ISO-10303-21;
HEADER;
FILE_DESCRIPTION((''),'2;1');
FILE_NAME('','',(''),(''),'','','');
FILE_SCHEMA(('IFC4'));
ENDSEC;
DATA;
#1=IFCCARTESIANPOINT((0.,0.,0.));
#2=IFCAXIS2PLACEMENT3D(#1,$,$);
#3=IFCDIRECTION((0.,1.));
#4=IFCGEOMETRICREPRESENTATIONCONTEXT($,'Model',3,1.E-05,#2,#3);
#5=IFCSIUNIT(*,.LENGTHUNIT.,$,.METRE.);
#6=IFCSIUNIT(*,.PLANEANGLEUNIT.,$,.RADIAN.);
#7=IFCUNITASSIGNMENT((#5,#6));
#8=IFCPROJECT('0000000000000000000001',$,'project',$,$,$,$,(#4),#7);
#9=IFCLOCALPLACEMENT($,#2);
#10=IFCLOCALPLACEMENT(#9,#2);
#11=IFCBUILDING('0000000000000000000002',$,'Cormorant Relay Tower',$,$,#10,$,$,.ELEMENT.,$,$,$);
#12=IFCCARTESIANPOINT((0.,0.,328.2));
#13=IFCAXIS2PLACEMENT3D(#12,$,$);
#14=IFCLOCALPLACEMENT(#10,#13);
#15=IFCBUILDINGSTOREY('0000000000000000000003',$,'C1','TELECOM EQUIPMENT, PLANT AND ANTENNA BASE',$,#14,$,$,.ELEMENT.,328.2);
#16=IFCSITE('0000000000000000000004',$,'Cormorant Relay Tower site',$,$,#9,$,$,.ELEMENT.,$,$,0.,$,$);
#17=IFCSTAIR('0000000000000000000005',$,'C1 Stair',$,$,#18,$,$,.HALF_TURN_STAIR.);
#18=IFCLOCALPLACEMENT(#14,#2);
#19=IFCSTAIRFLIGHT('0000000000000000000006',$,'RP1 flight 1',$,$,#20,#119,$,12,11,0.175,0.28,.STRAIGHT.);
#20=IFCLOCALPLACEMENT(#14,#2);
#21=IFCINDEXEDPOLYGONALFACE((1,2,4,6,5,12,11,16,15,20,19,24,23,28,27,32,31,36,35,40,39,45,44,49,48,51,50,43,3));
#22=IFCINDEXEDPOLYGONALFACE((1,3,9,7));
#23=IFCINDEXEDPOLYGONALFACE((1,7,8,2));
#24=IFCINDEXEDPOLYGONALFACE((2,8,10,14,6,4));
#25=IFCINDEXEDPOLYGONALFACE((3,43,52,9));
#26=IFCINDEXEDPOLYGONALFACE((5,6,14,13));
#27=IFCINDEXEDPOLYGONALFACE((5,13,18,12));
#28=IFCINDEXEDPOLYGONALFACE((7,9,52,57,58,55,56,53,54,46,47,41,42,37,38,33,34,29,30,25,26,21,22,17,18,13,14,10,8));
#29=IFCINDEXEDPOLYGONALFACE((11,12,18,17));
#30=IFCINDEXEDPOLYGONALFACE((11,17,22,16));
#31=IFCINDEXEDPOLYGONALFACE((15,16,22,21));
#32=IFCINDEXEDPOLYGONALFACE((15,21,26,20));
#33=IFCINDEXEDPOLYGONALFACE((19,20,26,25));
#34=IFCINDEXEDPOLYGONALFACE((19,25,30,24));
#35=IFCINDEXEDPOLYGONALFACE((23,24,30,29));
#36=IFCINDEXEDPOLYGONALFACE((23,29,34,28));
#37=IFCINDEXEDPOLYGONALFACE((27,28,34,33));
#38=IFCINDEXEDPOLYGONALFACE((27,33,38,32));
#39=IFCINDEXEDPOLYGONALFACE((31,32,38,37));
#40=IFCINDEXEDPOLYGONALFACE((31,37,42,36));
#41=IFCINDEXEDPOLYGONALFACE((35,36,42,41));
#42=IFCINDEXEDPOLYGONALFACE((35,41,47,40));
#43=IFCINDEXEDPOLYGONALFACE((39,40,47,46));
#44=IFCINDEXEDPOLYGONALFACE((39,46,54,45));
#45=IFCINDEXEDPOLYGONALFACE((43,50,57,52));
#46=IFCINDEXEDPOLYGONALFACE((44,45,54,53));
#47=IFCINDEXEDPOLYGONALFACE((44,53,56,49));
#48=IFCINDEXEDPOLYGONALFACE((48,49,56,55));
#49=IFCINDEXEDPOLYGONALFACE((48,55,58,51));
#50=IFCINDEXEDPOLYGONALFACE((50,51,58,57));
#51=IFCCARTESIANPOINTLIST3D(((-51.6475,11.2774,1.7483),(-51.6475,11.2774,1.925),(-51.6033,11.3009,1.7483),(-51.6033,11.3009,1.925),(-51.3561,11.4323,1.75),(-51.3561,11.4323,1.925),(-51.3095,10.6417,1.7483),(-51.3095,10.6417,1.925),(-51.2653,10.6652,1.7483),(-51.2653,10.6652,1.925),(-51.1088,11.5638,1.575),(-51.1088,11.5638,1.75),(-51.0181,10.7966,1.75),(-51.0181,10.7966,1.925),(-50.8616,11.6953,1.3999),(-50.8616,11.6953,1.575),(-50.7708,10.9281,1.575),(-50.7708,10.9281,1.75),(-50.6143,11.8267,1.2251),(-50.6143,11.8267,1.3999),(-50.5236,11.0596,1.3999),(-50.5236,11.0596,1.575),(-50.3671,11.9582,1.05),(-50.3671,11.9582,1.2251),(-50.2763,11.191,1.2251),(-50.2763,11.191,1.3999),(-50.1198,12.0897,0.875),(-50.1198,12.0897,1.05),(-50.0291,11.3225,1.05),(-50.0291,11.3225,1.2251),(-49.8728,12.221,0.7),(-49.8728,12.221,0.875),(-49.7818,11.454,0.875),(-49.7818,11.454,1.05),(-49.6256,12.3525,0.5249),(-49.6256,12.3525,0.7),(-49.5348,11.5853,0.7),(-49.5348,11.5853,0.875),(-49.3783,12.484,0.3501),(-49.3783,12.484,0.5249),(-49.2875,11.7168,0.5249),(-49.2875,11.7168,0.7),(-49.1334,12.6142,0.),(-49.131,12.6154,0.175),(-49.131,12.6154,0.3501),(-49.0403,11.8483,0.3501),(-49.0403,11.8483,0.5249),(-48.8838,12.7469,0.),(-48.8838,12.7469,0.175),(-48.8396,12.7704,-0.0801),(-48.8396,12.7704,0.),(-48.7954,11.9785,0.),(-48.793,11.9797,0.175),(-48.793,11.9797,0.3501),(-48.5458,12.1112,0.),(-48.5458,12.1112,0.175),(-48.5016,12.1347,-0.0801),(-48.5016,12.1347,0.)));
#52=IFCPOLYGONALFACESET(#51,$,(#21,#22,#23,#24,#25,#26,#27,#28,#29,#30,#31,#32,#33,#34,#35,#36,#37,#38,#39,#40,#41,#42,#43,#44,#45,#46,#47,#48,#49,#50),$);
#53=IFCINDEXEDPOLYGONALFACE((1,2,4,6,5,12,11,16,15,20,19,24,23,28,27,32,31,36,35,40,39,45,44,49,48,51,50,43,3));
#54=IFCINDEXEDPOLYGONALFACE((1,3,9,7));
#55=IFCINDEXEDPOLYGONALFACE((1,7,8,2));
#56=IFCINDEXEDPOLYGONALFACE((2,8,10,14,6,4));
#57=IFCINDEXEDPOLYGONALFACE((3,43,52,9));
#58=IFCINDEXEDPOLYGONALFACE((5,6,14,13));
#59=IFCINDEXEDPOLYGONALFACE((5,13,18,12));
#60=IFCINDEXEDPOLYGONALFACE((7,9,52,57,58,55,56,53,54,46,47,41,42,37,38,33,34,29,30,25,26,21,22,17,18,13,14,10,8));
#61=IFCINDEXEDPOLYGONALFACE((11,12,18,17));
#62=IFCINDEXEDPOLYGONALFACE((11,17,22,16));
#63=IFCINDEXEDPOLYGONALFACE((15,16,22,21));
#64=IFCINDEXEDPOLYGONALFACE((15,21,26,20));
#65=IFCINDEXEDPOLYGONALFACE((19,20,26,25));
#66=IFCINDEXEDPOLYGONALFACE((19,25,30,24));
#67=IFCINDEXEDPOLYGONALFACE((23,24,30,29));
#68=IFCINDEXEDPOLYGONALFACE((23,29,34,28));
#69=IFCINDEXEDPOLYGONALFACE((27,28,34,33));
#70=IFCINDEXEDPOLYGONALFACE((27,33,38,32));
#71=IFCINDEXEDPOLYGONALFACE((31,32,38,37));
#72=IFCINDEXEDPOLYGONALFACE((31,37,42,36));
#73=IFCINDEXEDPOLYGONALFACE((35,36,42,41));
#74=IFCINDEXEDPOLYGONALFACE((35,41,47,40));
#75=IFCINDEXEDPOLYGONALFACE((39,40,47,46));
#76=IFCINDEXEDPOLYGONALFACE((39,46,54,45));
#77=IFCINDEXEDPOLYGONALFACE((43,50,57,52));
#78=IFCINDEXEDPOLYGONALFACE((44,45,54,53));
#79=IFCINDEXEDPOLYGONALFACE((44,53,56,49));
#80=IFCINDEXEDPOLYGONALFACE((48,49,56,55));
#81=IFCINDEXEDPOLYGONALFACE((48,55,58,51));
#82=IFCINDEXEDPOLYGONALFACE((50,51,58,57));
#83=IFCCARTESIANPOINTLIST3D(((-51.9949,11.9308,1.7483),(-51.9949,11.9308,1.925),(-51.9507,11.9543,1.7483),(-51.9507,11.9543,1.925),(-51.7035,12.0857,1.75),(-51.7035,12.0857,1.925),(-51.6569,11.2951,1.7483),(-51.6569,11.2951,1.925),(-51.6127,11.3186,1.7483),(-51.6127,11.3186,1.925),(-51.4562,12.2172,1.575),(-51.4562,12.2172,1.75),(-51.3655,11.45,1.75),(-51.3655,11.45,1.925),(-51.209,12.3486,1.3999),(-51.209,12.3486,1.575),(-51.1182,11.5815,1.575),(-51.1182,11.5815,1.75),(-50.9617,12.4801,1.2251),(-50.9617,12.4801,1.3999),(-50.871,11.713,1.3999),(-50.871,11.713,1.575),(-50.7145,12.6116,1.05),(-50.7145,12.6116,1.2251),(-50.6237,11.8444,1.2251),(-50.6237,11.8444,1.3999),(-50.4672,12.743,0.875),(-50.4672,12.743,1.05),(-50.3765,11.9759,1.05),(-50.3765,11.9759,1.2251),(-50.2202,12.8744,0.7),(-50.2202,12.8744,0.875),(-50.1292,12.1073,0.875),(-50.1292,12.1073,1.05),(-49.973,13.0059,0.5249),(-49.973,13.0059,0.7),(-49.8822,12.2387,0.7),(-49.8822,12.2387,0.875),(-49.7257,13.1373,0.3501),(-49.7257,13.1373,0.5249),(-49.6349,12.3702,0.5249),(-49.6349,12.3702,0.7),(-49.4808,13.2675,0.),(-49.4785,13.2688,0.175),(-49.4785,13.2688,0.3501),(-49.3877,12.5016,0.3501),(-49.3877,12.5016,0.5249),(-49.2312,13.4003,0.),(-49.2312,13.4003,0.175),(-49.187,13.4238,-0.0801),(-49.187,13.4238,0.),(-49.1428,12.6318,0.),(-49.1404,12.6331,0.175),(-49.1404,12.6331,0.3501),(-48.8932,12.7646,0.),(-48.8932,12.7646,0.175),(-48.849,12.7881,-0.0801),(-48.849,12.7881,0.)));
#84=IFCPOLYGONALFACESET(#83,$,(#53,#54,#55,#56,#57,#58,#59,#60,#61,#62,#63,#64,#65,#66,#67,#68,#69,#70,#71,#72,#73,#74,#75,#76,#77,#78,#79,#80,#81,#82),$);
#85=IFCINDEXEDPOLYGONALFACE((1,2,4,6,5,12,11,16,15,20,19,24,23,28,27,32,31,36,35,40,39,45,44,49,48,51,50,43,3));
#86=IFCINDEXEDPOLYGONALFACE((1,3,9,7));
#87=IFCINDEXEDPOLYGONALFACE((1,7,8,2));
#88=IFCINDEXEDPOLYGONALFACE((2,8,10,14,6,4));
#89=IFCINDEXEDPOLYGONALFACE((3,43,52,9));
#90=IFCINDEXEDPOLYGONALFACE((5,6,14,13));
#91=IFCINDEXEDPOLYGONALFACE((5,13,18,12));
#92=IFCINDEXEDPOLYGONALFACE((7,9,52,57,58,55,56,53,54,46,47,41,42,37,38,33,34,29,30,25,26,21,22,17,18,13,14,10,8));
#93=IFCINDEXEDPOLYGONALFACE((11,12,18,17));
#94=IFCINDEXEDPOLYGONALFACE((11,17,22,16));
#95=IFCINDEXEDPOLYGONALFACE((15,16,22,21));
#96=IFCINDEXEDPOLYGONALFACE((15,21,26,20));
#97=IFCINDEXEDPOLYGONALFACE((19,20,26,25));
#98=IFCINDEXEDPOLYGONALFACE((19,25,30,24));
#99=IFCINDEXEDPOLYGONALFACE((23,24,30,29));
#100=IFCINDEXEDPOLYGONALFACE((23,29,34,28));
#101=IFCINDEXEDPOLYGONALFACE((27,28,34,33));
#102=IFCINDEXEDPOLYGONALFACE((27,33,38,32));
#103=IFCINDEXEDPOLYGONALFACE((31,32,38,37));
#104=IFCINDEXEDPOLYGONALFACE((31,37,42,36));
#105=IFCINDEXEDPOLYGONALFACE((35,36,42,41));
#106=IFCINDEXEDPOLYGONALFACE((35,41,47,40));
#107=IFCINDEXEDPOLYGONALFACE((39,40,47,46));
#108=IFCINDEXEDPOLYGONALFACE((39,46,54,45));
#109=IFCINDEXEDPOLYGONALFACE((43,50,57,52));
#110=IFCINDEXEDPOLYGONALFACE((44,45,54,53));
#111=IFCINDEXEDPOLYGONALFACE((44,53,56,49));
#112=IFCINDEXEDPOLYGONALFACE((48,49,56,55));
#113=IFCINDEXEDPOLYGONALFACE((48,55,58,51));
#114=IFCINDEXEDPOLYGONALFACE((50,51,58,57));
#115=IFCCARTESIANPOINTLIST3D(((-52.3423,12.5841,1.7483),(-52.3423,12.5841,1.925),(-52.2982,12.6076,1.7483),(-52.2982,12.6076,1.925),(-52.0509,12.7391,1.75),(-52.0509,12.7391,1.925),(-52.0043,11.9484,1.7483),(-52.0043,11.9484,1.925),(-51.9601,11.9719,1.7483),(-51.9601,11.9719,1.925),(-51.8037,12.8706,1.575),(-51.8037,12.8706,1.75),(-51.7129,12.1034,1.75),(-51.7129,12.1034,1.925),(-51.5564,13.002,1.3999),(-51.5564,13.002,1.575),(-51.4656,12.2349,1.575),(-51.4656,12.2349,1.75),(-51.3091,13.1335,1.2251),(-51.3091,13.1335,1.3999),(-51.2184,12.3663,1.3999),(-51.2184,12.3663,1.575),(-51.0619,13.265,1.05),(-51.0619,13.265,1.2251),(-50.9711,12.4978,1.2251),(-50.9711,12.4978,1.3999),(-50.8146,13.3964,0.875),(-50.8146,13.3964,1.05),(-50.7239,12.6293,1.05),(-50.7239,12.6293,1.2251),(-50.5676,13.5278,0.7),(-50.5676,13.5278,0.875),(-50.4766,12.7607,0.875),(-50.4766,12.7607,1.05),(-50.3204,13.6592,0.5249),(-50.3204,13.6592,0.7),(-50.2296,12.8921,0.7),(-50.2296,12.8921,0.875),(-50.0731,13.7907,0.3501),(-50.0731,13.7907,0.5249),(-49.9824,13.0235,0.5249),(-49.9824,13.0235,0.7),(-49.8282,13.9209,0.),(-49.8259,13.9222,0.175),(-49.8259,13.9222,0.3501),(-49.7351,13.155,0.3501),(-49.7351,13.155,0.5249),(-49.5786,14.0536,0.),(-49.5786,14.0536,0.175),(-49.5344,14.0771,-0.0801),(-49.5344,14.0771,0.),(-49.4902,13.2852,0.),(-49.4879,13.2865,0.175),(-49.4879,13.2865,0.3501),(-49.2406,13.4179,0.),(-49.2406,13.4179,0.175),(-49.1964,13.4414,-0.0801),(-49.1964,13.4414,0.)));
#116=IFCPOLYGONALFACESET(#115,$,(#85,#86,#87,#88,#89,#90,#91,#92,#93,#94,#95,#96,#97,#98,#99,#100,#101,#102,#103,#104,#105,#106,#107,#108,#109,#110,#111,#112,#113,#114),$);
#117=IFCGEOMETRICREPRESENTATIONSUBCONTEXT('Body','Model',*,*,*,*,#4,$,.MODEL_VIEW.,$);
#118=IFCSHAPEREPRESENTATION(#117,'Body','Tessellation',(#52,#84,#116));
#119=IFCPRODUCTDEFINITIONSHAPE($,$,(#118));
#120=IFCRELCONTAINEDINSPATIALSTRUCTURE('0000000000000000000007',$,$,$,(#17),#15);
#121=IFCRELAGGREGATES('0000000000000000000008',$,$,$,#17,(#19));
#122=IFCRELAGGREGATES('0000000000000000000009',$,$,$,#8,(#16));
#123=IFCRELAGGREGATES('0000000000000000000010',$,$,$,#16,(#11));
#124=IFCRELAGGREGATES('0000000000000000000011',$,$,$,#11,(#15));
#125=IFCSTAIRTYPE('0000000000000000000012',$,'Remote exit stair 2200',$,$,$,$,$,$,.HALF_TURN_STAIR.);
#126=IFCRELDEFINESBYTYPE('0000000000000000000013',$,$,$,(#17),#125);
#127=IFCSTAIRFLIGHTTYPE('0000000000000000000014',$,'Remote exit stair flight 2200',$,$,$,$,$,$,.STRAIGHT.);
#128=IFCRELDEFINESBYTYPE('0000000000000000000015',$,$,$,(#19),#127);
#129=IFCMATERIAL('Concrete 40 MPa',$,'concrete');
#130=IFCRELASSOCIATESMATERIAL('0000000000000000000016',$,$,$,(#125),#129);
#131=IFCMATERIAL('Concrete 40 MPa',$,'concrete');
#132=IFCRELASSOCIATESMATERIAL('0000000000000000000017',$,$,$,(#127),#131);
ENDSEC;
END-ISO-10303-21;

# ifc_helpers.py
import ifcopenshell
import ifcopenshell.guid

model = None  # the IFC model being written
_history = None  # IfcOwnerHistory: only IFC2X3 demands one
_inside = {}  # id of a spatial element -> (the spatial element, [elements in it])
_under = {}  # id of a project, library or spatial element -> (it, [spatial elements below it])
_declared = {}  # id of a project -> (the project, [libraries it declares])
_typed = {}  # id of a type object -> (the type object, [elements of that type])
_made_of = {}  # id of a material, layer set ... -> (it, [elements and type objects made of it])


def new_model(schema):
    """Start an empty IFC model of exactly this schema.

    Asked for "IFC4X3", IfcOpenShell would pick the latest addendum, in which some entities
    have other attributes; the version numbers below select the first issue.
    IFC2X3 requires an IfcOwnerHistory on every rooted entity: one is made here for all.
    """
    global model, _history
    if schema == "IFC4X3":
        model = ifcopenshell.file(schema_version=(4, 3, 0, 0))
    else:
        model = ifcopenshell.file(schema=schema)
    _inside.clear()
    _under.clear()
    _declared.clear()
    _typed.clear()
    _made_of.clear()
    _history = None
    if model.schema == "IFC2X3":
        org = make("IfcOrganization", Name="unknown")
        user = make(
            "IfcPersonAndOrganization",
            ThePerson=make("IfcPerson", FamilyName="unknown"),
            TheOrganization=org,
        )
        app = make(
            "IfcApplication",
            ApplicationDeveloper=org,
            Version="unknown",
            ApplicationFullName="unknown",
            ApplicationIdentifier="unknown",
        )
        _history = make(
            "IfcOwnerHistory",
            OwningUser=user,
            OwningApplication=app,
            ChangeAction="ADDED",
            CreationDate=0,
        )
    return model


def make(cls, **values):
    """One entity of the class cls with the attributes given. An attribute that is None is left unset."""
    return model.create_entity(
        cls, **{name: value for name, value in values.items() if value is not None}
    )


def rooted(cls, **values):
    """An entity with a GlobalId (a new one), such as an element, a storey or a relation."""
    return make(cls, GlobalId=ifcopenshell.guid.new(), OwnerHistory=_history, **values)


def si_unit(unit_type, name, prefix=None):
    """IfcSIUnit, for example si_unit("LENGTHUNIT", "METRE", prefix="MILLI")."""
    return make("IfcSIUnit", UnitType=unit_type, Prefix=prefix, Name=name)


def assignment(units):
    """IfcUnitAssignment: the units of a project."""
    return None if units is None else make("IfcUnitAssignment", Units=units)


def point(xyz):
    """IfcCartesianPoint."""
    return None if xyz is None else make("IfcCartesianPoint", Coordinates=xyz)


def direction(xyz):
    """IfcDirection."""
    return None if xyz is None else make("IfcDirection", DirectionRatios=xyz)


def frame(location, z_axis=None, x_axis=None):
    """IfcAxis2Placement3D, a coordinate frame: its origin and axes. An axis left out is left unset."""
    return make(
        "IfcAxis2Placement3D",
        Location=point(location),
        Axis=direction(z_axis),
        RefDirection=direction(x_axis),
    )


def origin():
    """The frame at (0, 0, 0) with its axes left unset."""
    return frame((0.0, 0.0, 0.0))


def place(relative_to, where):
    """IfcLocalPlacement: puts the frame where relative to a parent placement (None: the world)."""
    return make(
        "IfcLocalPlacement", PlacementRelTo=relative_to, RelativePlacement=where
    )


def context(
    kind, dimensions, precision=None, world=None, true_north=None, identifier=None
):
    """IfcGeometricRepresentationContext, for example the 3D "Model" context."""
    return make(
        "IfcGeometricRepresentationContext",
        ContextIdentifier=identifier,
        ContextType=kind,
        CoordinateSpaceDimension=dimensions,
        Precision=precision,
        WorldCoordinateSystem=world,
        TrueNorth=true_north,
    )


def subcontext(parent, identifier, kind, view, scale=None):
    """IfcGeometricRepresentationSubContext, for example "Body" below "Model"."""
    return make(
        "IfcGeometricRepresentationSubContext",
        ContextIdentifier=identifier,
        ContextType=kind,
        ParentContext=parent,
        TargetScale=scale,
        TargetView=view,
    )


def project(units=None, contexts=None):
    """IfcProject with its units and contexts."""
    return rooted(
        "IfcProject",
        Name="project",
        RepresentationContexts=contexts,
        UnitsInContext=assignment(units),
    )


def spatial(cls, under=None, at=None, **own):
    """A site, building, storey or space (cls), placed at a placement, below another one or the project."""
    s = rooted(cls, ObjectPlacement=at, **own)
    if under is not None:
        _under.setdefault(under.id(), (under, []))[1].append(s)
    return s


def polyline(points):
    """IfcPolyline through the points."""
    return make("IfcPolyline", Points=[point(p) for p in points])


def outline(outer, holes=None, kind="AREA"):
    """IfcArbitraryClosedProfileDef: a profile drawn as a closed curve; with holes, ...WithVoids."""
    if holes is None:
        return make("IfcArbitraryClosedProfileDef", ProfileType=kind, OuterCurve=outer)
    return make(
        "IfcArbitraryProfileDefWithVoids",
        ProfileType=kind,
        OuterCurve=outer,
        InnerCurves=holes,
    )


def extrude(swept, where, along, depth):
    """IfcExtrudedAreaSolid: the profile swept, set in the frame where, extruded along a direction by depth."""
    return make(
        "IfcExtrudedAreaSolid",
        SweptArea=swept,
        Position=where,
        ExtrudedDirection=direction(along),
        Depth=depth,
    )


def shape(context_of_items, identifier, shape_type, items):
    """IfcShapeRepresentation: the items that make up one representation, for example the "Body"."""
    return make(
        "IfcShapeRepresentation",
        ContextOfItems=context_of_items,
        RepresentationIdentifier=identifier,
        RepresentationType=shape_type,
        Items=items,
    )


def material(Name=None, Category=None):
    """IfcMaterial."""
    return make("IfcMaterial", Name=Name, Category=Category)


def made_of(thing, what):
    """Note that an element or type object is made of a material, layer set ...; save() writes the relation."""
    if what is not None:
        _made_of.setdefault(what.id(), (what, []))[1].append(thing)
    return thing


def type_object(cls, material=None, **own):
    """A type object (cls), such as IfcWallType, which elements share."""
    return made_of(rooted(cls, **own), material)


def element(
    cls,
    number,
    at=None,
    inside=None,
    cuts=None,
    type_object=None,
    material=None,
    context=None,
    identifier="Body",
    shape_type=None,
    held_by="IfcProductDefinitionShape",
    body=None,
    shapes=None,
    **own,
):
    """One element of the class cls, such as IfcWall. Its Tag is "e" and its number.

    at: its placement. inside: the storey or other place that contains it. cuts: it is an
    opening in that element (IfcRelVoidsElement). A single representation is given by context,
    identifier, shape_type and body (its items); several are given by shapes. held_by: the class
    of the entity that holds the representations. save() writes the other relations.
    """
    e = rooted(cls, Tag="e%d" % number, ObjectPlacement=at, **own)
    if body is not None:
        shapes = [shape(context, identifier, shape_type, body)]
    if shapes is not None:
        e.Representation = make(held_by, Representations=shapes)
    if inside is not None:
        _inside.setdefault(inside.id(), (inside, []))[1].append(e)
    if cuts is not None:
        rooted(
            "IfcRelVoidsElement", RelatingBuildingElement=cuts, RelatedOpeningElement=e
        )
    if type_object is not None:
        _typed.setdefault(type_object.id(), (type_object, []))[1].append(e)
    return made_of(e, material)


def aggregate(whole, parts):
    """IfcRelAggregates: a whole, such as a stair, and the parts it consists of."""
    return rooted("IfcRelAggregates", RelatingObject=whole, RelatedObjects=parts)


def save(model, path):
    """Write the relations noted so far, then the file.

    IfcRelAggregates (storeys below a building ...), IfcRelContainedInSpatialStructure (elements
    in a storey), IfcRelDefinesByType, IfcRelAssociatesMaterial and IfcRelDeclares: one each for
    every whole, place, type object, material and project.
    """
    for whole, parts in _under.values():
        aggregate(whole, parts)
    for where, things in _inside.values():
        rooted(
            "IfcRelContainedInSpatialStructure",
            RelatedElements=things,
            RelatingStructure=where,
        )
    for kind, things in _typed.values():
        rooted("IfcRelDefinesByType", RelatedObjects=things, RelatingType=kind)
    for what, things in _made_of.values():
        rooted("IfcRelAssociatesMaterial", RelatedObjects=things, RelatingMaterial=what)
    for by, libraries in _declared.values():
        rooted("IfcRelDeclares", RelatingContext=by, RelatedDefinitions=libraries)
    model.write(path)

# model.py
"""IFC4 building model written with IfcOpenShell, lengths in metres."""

from ifc_helpers import new_model, si_unit, direction, frame, origin, place, context, subcontext, project, spatial, polyline, outline, extrude, material, type_object, element, aggregate, save


model = new_model("IFC4")

# Units and contexts
model_context = context("Model", 3, precision=1e-05, world=origin(), true_north=direction((0.0, 1.0)))
body_context = subcontext(model_context, "Body", "Model", "MODEL_VIEW")
ifc_project = project(units=[si_unit("LENGTHUNIT", "METRE"), si_unit("PLANEANGLEUNIT", "RADIAN")], contexts=[model_context])

# Site, building, storey
site_placement = place(None, origin())
site = spatial("IfcSite", under=ifc_project, at=site_placement, Name="Cormorant Relay Tower site", CompositionType="ELEMENT", RefElevation=0.0)
building_placement = place(site_placement, origin())
building = spatial("IfcBuilding", under=site, at=building_placement, Name="Cormorant Relay Tower", CompositionType="ELEMENT")
storey_placement = place(building_placement, frame((0.0, 0.0, 328.2)))
storey = spatial("IfcBuildingStorey", under=building, at=storey_placement, Name="C1", Description="TELECOM EQUIPMENT, PLANT AND ANTENNA BASE", CompositionType="ELEMENT", Elevation=328.2)

# Stair, stair flight
ifc_material_1 = material(Name="Concrete 40 MPa", Category="concrete")
stair_type_1 = type_object("IfcStairType", Name="Remote exit stair 2200", PredefinedType="HALF_TURN_STAIR", material=ifc_material_1)
stair_1_placement = place(storey_placement, origin())
stair_1 = element("IfcStair", 1, at=stair_1_placement, inside=storey, type_object=stair_type_1, Name="C1 Stair", PredefinedType="HALF_TURN_STAIR")
ifc_material_2 = material(Name="Concrete 40 MPa", Category="concrete")
stair_flight_type_1 = type_object("IfcStairFlightType", Name="Remote exit stair flight 2200", PredefinedType="STRAIGHT", material=ifc_material_2)
stair_flight_1_placement = place(storey_placement, frame((-49.0623, 13.0825, 0.0), z_axis=(0.0, 0.0, 1.0), x_axis=(-0.882948, -0.469472, 0.0)))
stair_flight_1 = element("IfcStairFlight", 2, at=stair_flight_1_placement, type_object=stair_flight_type_1, Name="RP1 flight 1", NumberOfRisers=12, NumberOfTreads=11, PredefinedType="STRAIGHT", RiserHeight=0.175, TreadLength=0.28, context=body_context, shape_type="SweptSolid", body=[
    extrude(outline(polyline([(-0.05, -0.0801), (-0.05, 0.0), (0.0, 0.0), (0.0, 0.175), (0.28, 0.175), (0.28, 0.3501), (0.5601, 0.3501), (0.5601, 0.5249), (0.8401, 0.5249), (0.8401, 0.7), (1.1201, 0.7), (1.1201, 0.875), (1.3999, 0.875), (1.3999, 1.05), (1.6799, 1.05), (1.6799, 1.2251), (1.96, 1.2251), (1.96, 1.3999), (2.24, 1.3999), (2.24, 1.575), (2.52, 1.575), (2.52, 1.75), (2.8, 1.75), (2.8, 1.925), (3.0801, 1.925), (3.1301, 1.925), (3.1301, 1.7483), (3.0801, 1.7483), (0.2827, 0.0), (-0.05, -0.0801)])), frame((0.0, 1.1001, 0.0), z_axis=(0.0, -1.0, 0.0), x_axis=(1.0, 0.0, 0.0)), (0.0, 0.0, 1.0), 0.72),
    extrude(outline(polyline([(-0.05, -0.0801), (-0.05, 0.0), (0.0, 0.0), (0.0, 0.175), (0.28, 0.175), (0.28, 0.3501), (0.5601, 0.3501), (0.5601, 0.5249), (0.8401, 0.5249), (0.8401, 0.7), (1.1201, 0.7), (1.1201, 0.875), (1.3999, 0.875), (1.3999, 1.05), (1.6799, 1.05), (1.6799, 1.2251), (1.96, 1.2251), (1.96, 1.3999), (2.24, 1.3999), (2.24, 1.575), (2.52, 1.575), (2.52, 1.75), (2.8, 1.75), (2.8, 1.925), (3.0801, 1.925), (3.1301, 1.925), (3.1301, 1.7483), (3.0801, 1.7483), (0.2827, 0.0), (-0.05, -0.0801)])), frame((0.0, 0.3601, 0.0), z_axis=(0.0, -1.0, 0.0), x_axis=(1.0, 0.0, 0.0)), (0.0, 0.0, 1.0), 0.72),
    extrude(outline(polyline([(-0.05, -0.0801), (-0.05, 0.0), (0.0, 0.0), (0.0, 0.175), (0.28, 0.175), (0.28, 0.3501), (0.5601, 0.3501), (0.5601, 0.5249), (0.8401, 0.5249), (0.8401, 0.7), (1.1201, 0.7), (1.1201, 0.875), (1.3999, 0.875), (1.3999, 1.05), (1.6799, 1.05), (1.6799, 1.2251), (1.96, 1.2251), (1.96, 1.3999), (2.24, 1.3999), (2.24, 1.575), (2.52, 1.575), (2.52, 1.75), (2.8, 1.75), (2.8, 1.925), (3.0801, 1.925), (3.1301, 1.925), (3.1301, 1.7483), (3.0801, 1.7483), (0.2827, 0.0), (-0.05, -0.0801)])), frame((0.0, -0.3799, 0.0), z_axis=(0.0, -1.0, 0.0), x_axis=(1.0, 0.0, 0.0)), (0.0, 0.0, 1.0), 0.72),
])
aggregate(stair_1, [stair_flight_1])

save(model, "model.ifc")
